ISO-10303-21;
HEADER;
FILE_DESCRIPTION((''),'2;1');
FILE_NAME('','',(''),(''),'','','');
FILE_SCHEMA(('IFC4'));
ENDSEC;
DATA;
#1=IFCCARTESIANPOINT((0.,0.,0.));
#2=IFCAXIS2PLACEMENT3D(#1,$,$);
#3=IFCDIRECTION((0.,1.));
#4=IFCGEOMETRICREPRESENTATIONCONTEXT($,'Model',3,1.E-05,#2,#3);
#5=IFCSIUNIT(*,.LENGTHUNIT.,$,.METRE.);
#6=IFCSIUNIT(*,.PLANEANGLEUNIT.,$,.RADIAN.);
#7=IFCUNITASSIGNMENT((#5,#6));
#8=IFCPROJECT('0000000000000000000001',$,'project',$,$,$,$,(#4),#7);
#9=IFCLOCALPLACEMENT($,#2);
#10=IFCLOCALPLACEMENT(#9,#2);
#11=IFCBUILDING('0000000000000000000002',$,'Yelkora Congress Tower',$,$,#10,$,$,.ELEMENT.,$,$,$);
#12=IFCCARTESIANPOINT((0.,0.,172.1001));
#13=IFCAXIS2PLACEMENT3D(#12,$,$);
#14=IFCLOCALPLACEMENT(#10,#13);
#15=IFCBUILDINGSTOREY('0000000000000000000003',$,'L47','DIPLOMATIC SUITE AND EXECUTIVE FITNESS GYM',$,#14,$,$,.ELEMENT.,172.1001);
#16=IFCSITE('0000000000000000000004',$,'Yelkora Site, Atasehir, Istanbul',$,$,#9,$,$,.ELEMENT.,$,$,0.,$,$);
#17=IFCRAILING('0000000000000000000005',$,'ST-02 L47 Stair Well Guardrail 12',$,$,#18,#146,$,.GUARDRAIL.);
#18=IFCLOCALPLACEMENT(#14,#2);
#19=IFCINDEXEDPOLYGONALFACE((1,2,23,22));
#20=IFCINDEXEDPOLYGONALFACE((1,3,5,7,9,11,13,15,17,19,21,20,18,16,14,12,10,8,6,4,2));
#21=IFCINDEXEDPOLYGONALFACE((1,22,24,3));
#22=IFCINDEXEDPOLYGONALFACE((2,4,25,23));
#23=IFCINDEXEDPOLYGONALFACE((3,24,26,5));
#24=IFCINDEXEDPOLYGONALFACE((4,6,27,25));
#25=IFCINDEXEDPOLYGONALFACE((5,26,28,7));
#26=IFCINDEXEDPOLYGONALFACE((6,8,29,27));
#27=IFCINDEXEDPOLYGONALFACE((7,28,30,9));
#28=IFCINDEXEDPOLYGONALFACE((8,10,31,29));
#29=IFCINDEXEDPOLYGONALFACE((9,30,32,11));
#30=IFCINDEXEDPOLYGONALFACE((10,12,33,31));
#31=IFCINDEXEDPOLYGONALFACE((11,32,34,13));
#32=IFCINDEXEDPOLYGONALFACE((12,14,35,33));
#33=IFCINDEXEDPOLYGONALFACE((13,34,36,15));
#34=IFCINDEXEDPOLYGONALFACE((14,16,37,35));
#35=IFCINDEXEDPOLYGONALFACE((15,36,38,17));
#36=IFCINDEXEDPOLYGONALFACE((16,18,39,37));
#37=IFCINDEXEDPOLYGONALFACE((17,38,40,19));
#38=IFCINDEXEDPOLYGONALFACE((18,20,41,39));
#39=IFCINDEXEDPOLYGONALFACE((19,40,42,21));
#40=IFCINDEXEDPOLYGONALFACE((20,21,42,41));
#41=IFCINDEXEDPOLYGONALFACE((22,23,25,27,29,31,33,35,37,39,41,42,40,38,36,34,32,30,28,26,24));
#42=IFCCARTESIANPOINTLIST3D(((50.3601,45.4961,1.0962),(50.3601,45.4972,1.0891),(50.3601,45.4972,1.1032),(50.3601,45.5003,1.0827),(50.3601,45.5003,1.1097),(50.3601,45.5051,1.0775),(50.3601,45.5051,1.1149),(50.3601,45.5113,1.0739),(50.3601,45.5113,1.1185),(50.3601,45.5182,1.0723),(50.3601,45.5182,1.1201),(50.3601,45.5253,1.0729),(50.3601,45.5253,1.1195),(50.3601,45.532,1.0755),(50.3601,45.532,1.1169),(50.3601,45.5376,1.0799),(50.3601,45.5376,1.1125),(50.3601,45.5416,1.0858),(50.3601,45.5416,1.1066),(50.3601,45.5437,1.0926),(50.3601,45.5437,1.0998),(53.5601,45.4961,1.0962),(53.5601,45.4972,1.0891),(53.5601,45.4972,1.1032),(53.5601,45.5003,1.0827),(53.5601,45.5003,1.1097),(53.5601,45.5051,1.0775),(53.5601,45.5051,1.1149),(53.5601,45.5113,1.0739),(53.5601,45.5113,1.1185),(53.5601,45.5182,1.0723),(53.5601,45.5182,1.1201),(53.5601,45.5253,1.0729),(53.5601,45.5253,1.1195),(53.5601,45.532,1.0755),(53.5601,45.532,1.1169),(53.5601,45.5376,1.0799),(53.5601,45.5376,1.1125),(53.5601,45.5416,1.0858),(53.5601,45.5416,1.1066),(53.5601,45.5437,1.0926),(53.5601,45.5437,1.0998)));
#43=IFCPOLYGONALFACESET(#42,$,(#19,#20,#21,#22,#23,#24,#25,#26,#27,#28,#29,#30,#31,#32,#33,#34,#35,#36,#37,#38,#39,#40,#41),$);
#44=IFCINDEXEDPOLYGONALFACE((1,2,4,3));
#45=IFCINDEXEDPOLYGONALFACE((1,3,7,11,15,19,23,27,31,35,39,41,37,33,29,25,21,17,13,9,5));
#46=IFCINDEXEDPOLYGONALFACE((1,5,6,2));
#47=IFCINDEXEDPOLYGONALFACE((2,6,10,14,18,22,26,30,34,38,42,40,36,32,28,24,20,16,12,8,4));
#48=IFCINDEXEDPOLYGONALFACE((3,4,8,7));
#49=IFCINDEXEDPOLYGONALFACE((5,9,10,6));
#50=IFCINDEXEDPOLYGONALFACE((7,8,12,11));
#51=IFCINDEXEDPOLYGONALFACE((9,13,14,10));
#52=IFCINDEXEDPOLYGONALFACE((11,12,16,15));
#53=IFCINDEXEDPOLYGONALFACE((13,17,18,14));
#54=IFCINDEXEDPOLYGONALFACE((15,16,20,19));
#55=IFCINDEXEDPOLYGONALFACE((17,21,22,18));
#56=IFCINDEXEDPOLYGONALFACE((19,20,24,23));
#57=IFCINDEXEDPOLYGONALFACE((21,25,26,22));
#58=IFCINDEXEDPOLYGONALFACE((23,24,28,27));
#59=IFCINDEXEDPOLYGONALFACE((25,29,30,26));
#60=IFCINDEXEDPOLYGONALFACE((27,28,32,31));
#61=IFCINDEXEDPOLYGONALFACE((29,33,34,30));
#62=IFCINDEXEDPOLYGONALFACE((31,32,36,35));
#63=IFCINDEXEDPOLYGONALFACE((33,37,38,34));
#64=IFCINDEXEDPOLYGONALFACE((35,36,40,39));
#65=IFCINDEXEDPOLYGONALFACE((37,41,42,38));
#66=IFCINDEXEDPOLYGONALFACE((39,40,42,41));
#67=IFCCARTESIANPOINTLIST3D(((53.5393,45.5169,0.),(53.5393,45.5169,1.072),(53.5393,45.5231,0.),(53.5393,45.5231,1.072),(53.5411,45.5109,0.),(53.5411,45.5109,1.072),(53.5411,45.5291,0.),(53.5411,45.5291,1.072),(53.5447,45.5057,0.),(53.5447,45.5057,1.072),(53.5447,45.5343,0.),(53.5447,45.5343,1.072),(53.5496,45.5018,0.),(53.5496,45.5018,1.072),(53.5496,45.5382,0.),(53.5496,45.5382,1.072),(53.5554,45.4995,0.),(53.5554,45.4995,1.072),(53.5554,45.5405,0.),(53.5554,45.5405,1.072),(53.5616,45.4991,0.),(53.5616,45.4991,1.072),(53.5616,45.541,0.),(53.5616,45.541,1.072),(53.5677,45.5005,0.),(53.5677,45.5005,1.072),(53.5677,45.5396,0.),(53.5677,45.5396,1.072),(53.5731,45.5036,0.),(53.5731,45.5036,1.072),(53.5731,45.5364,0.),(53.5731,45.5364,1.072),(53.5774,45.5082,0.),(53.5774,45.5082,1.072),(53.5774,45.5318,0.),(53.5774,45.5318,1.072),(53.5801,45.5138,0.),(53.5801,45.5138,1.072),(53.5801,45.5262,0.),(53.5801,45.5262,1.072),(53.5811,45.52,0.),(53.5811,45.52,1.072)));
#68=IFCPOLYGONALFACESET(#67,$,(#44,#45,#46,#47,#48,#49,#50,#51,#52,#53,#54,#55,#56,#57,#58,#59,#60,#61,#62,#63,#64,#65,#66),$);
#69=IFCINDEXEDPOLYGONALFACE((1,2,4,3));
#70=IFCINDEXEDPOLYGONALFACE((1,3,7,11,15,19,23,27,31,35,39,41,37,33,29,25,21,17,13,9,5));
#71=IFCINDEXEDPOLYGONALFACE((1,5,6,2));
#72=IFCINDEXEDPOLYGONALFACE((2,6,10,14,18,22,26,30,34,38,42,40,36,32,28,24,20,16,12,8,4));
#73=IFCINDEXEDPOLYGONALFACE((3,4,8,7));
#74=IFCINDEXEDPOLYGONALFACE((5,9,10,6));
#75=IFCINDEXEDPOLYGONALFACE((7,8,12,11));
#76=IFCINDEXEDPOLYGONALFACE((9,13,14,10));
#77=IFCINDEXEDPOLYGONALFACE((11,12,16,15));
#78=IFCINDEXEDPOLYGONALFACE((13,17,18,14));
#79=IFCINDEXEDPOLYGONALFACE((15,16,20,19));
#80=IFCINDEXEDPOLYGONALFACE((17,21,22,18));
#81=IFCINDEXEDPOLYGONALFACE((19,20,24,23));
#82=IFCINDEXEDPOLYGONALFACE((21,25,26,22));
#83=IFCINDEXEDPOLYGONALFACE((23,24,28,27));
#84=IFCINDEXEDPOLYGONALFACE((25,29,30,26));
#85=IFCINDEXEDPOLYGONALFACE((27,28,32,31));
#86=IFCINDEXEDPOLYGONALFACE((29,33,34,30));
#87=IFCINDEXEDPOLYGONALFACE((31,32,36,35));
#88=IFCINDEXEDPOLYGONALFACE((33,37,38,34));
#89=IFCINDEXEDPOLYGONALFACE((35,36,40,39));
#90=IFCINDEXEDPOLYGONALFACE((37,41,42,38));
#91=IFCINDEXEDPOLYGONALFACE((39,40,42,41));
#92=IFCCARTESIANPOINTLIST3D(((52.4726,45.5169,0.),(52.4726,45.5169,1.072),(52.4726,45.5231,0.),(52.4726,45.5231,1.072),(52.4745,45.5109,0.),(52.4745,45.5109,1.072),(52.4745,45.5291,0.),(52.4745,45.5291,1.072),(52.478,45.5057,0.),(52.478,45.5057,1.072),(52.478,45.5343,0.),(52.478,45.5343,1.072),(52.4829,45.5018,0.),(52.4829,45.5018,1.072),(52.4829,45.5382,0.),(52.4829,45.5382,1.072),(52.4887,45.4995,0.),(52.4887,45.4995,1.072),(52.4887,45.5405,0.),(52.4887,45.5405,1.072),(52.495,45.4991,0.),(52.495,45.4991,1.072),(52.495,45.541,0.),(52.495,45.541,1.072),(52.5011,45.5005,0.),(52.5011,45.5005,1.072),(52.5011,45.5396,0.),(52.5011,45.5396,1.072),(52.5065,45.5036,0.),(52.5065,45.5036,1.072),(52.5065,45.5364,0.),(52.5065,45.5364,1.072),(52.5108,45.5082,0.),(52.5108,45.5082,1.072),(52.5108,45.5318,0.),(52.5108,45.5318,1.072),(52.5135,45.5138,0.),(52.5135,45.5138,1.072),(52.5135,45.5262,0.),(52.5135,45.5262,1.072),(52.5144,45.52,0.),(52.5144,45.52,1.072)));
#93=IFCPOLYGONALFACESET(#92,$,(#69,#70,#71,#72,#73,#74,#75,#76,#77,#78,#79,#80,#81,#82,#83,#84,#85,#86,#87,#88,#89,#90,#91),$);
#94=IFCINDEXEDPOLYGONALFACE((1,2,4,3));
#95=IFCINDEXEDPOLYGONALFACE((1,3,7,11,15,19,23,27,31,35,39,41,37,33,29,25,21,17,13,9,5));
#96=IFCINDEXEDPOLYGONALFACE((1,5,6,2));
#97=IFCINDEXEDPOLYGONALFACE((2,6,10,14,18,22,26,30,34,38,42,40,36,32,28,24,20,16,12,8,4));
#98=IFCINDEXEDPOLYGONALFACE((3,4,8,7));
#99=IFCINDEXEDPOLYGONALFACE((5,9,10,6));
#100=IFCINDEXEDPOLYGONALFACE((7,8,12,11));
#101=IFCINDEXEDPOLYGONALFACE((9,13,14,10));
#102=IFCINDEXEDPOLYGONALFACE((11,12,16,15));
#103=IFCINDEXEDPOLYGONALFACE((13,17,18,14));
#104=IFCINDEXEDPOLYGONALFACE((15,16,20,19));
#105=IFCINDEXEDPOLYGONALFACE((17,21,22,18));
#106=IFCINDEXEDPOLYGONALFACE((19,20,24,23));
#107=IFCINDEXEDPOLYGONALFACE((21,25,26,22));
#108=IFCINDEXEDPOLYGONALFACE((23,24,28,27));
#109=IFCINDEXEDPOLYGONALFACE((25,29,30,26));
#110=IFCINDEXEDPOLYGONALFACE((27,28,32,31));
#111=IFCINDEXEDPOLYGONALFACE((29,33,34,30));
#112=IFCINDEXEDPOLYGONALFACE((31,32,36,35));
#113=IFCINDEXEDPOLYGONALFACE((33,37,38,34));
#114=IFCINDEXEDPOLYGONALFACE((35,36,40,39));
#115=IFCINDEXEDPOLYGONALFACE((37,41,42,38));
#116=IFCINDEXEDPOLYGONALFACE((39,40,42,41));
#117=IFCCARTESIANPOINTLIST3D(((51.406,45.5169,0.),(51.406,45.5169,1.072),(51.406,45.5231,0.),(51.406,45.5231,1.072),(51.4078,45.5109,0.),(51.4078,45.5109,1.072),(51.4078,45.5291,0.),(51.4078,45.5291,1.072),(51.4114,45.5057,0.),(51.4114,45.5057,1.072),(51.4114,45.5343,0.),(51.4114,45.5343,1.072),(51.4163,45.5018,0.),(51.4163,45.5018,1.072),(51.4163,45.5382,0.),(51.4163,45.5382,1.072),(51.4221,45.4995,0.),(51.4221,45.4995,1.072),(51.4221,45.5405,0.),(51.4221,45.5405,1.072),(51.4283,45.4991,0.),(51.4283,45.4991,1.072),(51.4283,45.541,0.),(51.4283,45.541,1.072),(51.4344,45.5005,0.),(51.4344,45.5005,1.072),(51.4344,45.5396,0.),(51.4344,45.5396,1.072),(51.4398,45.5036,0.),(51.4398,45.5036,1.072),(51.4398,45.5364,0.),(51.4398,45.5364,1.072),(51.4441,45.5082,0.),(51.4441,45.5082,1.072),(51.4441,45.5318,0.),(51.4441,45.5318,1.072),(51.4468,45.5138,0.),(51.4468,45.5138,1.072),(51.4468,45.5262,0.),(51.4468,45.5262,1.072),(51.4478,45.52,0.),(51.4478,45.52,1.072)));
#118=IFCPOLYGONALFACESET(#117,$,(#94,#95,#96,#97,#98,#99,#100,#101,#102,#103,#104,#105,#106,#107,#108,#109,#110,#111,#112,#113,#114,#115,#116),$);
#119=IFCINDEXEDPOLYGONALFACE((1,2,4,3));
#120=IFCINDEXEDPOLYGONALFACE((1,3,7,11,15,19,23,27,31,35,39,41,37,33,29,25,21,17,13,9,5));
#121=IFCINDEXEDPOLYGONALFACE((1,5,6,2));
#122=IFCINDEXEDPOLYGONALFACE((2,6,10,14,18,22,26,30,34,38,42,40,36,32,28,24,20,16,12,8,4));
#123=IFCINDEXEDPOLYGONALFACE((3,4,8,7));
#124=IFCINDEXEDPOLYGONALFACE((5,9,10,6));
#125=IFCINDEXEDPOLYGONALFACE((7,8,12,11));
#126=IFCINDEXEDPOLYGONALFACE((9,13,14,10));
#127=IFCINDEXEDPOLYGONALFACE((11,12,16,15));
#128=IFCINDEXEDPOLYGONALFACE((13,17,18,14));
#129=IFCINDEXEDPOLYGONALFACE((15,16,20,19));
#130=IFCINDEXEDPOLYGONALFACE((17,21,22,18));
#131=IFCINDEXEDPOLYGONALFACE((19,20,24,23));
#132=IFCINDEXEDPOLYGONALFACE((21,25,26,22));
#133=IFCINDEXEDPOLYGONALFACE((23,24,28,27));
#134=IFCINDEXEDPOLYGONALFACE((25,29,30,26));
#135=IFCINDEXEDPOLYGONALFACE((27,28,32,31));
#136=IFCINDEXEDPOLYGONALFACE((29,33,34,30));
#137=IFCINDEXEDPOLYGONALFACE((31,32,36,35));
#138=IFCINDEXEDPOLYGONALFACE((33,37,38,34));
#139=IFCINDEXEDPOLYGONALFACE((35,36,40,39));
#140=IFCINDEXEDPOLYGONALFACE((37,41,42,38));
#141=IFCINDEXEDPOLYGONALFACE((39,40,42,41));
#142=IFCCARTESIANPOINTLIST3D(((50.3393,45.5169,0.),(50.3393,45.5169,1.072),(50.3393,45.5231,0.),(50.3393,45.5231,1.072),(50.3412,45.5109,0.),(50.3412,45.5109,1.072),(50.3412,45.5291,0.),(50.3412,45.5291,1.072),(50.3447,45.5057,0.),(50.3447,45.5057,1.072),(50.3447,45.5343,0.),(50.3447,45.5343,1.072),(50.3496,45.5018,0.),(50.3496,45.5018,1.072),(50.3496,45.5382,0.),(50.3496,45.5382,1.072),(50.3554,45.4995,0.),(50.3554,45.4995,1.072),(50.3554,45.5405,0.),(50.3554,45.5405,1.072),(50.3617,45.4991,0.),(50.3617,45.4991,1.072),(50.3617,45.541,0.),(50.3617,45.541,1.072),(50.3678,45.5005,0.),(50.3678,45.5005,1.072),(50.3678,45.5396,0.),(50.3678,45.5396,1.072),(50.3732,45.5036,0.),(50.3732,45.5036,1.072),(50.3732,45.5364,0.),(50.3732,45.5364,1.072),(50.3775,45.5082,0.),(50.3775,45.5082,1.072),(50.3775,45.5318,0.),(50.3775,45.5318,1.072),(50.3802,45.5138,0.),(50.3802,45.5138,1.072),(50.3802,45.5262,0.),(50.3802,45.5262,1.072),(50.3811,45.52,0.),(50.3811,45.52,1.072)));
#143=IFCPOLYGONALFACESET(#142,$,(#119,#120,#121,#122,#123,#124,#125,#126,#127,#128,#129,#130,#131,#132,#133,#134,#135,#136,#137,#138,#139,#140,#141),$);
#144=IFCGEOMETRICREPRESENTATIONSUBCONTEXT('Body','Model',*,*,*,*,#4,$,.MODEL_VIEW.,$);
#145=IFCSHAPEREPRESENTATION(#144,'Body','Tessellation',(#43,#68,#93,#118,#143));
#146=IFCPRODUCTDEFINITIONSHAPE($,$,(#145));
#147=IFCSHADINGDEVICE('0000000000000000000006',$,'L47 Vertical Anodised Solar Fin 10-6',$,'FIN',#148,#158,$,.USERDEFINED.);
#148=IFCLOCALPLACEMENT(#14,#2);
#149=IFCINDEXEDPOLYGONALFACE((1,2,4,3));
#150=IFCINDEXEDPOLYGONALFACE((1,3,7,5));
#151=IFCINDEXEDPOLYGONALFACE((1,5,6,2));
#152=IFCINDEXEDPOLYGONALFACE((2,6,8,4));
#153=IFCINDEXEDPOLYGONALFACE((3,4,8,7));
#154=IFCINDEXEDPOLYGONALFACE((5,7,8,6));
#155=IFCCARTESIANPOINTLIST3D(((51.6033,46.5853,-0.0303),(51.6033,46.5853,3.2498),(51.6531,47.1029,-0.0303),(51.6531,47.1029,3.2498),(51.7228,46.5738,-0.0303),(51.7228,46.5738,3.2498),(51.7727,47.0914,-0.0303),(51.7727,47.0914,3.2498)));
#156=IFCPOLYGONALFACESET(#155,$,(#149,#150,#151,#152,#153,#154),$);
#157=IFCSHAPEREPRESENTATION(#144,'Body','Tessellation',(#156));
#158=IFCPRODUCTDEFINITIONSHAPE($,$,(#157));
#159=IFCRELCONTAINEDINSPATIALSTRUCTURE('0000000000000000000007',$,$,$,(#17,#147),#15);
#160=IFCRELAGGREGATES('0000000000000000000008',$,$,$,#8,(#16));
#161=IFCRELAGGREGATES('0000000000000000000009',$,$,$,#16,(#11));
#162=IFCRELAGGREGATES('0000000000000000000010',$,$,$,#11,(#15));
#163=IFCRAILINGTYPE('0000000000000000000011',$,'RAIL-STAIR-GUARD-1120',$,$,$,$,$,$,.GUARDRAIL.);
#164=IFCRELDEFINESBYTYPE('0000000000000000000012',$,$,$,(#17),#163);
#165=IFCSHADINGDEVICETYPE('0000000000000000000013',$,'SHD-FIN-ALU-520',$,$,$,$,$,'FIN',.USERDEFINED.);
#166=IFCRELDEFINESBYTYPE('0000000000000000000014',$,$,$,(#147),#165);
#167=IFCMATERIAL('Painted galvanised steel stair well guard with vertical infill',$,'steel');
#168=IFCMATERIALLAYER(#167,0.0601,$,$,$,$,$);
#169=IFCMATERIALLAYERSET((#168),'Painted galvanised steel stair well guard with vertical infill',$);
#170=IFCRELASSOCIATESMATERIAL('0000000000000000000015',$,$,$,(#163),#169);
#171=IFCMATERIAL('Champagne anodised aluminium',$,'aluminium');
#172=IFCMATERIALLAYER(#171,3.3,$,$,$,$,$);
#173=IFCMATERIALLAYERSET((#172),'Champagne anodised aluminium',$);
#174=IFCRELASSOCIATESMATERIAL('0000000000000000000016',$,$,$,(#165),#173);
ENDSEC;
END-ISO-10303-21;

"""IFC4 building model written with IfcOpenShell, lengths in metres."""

from ifc_helpers import new_model, si_unit, direction, frame, origin, origin_2d, place, context, subcontext, project, spatial, rectangle, circle, extrude, material, layer, layer_set, type_object, element, save


model = new_model("IFC4")

# Units and contexts
model_context = context("Model", 3, precision=1e-05, world=origin(), true_north=direction((0.0, 1.0)))
body_context = subcontext(model_context, "Body", "Model", "MODEL_VIEW")
ifc_project = project(units=[si_unit("LENGTHUNIT", "METRE"), si_unit("PLANEANGLEUNIT", "RADIAN")], contexts=[model_context])

# Site, building, storey
site_placement = place(None, origin())
site = spatial("IfcSite", under=ifc_project, at=site_placement, Name="Yelkora Site, Atasehir, Istanbul", CompositionType="ELEMENT", RefElevation=0.0)
building_placement = place(site_placement, origin())
building = spatial("IfcBuilding", under=site, at=building_placement, Name="Yelkora Congress Tower", CompositionType="ELEMENT")
storey_placement = place(building_placement, frame((0.0, 0.0, 172.1001)))
storey = spatial("IfcBuildingStorey", under=building, at=storey_placement, Name="L47", Description="DIPLOMATIC SUITE AND EXECUTIVE FITNESS GYM", CompositionType="ELEMENT", Elevation=172.1001)

# Railing
ifc_material_1 = material(Name="Painted galvanised steel stair well guard with vertical infill", Category="steel")
ifc_layer_1 = layer(ifc_material_1, 0.0601)
ifc_layer_set_1 = layer_set([ifc_layer_1], Name="Painted galvanised steel stair well guard with vertical infill")
railing_type = type_object("IfcRailingType", Name="RAIL-STAIR-GUARD-1120", PredefinedType="GUARDRAIL", material=ifc_layer_set_1)
railing_1_placement = place(storey_placement, frame((53.5601, 45.52, 0.0)))
element("IfcRailing", 1, at=railing_1_placement, inside=storey, type_object=railing_type, Name="ST-02 L47 Stair Well Guardrail 12", PredefinedType="GUARDRAIL", context=body_context, shape_type="SweptSolid", body=[
    extrude(circle(Radius=0.0239, at=origin_2d()), frame((0.0, 0.0, 1.0962), z_axis=(-1.0, 0.0, 0.0), x_axis=(0.0, -1.0, 0.0)), (0.0, 0.0, 1.0), 3.2),
    extrude(circle(Radius=0.021, at=origin_2d()), origin(), (0.0, 0.0, 1.0), 1.072),
    extrude(circle(Radius=0.021, at=origin_2d()), frame((-1.0667, 0.0, 0.0)), (0.0, 0.0, 1.0), 1.072),
    extrude(circle(Radius=0.021, at=origin_2d()), frame((-2.1333, 0.0, 0.0)), (0.0, 0.0, 1.0), 1.072),
    extrude(circle(Radius=0.021, at=origin_2d()), frame((-3.2, 0.0, 0.0)), (0.0, 0.0, 1.0), 1.072),
])

# Shading device
ifc_material_2 = material(Name="Champagne anodised aluminium", Category="aluminium")
ifc_layer_2 = layer(ifc_material_2, 3.3)
ifc_layer_set_2 = layer_set([ifc_layer_2], Name="Champagne anodised aluminium")
shading_device_type = type_object("IfcShadingDeviceType", Name="SHD-FIN-ALU-520", ElementType="FIN", PredefinedType="USERDEFINED", material=ifc_layer_set_2)
shading_device_placement = place(storey_placement, frame((51.688, 46.8384, -0.0303), z_axis=(0.0, 0.0, 1.0), x_axis=(0.995396, -0.095846, 0.0)))
element("IfcShadingDevice", 2, at=shading_device_placement, inside=storey, type_object=shading_device_type, Name="L47 Vertical Anodised Solar Fin 10-6", ObjectType="FIN", PredefinedType="USERDEFINED", context=body_context, shape_type="SweptSolid", body=[
    extrude(rectangle(XDim=0.1201, YDim=0.52, at=origin_2d()), origin(), (0.0, 0.0, 1.0), 3.28),
])

save(model, "model.ifc")
